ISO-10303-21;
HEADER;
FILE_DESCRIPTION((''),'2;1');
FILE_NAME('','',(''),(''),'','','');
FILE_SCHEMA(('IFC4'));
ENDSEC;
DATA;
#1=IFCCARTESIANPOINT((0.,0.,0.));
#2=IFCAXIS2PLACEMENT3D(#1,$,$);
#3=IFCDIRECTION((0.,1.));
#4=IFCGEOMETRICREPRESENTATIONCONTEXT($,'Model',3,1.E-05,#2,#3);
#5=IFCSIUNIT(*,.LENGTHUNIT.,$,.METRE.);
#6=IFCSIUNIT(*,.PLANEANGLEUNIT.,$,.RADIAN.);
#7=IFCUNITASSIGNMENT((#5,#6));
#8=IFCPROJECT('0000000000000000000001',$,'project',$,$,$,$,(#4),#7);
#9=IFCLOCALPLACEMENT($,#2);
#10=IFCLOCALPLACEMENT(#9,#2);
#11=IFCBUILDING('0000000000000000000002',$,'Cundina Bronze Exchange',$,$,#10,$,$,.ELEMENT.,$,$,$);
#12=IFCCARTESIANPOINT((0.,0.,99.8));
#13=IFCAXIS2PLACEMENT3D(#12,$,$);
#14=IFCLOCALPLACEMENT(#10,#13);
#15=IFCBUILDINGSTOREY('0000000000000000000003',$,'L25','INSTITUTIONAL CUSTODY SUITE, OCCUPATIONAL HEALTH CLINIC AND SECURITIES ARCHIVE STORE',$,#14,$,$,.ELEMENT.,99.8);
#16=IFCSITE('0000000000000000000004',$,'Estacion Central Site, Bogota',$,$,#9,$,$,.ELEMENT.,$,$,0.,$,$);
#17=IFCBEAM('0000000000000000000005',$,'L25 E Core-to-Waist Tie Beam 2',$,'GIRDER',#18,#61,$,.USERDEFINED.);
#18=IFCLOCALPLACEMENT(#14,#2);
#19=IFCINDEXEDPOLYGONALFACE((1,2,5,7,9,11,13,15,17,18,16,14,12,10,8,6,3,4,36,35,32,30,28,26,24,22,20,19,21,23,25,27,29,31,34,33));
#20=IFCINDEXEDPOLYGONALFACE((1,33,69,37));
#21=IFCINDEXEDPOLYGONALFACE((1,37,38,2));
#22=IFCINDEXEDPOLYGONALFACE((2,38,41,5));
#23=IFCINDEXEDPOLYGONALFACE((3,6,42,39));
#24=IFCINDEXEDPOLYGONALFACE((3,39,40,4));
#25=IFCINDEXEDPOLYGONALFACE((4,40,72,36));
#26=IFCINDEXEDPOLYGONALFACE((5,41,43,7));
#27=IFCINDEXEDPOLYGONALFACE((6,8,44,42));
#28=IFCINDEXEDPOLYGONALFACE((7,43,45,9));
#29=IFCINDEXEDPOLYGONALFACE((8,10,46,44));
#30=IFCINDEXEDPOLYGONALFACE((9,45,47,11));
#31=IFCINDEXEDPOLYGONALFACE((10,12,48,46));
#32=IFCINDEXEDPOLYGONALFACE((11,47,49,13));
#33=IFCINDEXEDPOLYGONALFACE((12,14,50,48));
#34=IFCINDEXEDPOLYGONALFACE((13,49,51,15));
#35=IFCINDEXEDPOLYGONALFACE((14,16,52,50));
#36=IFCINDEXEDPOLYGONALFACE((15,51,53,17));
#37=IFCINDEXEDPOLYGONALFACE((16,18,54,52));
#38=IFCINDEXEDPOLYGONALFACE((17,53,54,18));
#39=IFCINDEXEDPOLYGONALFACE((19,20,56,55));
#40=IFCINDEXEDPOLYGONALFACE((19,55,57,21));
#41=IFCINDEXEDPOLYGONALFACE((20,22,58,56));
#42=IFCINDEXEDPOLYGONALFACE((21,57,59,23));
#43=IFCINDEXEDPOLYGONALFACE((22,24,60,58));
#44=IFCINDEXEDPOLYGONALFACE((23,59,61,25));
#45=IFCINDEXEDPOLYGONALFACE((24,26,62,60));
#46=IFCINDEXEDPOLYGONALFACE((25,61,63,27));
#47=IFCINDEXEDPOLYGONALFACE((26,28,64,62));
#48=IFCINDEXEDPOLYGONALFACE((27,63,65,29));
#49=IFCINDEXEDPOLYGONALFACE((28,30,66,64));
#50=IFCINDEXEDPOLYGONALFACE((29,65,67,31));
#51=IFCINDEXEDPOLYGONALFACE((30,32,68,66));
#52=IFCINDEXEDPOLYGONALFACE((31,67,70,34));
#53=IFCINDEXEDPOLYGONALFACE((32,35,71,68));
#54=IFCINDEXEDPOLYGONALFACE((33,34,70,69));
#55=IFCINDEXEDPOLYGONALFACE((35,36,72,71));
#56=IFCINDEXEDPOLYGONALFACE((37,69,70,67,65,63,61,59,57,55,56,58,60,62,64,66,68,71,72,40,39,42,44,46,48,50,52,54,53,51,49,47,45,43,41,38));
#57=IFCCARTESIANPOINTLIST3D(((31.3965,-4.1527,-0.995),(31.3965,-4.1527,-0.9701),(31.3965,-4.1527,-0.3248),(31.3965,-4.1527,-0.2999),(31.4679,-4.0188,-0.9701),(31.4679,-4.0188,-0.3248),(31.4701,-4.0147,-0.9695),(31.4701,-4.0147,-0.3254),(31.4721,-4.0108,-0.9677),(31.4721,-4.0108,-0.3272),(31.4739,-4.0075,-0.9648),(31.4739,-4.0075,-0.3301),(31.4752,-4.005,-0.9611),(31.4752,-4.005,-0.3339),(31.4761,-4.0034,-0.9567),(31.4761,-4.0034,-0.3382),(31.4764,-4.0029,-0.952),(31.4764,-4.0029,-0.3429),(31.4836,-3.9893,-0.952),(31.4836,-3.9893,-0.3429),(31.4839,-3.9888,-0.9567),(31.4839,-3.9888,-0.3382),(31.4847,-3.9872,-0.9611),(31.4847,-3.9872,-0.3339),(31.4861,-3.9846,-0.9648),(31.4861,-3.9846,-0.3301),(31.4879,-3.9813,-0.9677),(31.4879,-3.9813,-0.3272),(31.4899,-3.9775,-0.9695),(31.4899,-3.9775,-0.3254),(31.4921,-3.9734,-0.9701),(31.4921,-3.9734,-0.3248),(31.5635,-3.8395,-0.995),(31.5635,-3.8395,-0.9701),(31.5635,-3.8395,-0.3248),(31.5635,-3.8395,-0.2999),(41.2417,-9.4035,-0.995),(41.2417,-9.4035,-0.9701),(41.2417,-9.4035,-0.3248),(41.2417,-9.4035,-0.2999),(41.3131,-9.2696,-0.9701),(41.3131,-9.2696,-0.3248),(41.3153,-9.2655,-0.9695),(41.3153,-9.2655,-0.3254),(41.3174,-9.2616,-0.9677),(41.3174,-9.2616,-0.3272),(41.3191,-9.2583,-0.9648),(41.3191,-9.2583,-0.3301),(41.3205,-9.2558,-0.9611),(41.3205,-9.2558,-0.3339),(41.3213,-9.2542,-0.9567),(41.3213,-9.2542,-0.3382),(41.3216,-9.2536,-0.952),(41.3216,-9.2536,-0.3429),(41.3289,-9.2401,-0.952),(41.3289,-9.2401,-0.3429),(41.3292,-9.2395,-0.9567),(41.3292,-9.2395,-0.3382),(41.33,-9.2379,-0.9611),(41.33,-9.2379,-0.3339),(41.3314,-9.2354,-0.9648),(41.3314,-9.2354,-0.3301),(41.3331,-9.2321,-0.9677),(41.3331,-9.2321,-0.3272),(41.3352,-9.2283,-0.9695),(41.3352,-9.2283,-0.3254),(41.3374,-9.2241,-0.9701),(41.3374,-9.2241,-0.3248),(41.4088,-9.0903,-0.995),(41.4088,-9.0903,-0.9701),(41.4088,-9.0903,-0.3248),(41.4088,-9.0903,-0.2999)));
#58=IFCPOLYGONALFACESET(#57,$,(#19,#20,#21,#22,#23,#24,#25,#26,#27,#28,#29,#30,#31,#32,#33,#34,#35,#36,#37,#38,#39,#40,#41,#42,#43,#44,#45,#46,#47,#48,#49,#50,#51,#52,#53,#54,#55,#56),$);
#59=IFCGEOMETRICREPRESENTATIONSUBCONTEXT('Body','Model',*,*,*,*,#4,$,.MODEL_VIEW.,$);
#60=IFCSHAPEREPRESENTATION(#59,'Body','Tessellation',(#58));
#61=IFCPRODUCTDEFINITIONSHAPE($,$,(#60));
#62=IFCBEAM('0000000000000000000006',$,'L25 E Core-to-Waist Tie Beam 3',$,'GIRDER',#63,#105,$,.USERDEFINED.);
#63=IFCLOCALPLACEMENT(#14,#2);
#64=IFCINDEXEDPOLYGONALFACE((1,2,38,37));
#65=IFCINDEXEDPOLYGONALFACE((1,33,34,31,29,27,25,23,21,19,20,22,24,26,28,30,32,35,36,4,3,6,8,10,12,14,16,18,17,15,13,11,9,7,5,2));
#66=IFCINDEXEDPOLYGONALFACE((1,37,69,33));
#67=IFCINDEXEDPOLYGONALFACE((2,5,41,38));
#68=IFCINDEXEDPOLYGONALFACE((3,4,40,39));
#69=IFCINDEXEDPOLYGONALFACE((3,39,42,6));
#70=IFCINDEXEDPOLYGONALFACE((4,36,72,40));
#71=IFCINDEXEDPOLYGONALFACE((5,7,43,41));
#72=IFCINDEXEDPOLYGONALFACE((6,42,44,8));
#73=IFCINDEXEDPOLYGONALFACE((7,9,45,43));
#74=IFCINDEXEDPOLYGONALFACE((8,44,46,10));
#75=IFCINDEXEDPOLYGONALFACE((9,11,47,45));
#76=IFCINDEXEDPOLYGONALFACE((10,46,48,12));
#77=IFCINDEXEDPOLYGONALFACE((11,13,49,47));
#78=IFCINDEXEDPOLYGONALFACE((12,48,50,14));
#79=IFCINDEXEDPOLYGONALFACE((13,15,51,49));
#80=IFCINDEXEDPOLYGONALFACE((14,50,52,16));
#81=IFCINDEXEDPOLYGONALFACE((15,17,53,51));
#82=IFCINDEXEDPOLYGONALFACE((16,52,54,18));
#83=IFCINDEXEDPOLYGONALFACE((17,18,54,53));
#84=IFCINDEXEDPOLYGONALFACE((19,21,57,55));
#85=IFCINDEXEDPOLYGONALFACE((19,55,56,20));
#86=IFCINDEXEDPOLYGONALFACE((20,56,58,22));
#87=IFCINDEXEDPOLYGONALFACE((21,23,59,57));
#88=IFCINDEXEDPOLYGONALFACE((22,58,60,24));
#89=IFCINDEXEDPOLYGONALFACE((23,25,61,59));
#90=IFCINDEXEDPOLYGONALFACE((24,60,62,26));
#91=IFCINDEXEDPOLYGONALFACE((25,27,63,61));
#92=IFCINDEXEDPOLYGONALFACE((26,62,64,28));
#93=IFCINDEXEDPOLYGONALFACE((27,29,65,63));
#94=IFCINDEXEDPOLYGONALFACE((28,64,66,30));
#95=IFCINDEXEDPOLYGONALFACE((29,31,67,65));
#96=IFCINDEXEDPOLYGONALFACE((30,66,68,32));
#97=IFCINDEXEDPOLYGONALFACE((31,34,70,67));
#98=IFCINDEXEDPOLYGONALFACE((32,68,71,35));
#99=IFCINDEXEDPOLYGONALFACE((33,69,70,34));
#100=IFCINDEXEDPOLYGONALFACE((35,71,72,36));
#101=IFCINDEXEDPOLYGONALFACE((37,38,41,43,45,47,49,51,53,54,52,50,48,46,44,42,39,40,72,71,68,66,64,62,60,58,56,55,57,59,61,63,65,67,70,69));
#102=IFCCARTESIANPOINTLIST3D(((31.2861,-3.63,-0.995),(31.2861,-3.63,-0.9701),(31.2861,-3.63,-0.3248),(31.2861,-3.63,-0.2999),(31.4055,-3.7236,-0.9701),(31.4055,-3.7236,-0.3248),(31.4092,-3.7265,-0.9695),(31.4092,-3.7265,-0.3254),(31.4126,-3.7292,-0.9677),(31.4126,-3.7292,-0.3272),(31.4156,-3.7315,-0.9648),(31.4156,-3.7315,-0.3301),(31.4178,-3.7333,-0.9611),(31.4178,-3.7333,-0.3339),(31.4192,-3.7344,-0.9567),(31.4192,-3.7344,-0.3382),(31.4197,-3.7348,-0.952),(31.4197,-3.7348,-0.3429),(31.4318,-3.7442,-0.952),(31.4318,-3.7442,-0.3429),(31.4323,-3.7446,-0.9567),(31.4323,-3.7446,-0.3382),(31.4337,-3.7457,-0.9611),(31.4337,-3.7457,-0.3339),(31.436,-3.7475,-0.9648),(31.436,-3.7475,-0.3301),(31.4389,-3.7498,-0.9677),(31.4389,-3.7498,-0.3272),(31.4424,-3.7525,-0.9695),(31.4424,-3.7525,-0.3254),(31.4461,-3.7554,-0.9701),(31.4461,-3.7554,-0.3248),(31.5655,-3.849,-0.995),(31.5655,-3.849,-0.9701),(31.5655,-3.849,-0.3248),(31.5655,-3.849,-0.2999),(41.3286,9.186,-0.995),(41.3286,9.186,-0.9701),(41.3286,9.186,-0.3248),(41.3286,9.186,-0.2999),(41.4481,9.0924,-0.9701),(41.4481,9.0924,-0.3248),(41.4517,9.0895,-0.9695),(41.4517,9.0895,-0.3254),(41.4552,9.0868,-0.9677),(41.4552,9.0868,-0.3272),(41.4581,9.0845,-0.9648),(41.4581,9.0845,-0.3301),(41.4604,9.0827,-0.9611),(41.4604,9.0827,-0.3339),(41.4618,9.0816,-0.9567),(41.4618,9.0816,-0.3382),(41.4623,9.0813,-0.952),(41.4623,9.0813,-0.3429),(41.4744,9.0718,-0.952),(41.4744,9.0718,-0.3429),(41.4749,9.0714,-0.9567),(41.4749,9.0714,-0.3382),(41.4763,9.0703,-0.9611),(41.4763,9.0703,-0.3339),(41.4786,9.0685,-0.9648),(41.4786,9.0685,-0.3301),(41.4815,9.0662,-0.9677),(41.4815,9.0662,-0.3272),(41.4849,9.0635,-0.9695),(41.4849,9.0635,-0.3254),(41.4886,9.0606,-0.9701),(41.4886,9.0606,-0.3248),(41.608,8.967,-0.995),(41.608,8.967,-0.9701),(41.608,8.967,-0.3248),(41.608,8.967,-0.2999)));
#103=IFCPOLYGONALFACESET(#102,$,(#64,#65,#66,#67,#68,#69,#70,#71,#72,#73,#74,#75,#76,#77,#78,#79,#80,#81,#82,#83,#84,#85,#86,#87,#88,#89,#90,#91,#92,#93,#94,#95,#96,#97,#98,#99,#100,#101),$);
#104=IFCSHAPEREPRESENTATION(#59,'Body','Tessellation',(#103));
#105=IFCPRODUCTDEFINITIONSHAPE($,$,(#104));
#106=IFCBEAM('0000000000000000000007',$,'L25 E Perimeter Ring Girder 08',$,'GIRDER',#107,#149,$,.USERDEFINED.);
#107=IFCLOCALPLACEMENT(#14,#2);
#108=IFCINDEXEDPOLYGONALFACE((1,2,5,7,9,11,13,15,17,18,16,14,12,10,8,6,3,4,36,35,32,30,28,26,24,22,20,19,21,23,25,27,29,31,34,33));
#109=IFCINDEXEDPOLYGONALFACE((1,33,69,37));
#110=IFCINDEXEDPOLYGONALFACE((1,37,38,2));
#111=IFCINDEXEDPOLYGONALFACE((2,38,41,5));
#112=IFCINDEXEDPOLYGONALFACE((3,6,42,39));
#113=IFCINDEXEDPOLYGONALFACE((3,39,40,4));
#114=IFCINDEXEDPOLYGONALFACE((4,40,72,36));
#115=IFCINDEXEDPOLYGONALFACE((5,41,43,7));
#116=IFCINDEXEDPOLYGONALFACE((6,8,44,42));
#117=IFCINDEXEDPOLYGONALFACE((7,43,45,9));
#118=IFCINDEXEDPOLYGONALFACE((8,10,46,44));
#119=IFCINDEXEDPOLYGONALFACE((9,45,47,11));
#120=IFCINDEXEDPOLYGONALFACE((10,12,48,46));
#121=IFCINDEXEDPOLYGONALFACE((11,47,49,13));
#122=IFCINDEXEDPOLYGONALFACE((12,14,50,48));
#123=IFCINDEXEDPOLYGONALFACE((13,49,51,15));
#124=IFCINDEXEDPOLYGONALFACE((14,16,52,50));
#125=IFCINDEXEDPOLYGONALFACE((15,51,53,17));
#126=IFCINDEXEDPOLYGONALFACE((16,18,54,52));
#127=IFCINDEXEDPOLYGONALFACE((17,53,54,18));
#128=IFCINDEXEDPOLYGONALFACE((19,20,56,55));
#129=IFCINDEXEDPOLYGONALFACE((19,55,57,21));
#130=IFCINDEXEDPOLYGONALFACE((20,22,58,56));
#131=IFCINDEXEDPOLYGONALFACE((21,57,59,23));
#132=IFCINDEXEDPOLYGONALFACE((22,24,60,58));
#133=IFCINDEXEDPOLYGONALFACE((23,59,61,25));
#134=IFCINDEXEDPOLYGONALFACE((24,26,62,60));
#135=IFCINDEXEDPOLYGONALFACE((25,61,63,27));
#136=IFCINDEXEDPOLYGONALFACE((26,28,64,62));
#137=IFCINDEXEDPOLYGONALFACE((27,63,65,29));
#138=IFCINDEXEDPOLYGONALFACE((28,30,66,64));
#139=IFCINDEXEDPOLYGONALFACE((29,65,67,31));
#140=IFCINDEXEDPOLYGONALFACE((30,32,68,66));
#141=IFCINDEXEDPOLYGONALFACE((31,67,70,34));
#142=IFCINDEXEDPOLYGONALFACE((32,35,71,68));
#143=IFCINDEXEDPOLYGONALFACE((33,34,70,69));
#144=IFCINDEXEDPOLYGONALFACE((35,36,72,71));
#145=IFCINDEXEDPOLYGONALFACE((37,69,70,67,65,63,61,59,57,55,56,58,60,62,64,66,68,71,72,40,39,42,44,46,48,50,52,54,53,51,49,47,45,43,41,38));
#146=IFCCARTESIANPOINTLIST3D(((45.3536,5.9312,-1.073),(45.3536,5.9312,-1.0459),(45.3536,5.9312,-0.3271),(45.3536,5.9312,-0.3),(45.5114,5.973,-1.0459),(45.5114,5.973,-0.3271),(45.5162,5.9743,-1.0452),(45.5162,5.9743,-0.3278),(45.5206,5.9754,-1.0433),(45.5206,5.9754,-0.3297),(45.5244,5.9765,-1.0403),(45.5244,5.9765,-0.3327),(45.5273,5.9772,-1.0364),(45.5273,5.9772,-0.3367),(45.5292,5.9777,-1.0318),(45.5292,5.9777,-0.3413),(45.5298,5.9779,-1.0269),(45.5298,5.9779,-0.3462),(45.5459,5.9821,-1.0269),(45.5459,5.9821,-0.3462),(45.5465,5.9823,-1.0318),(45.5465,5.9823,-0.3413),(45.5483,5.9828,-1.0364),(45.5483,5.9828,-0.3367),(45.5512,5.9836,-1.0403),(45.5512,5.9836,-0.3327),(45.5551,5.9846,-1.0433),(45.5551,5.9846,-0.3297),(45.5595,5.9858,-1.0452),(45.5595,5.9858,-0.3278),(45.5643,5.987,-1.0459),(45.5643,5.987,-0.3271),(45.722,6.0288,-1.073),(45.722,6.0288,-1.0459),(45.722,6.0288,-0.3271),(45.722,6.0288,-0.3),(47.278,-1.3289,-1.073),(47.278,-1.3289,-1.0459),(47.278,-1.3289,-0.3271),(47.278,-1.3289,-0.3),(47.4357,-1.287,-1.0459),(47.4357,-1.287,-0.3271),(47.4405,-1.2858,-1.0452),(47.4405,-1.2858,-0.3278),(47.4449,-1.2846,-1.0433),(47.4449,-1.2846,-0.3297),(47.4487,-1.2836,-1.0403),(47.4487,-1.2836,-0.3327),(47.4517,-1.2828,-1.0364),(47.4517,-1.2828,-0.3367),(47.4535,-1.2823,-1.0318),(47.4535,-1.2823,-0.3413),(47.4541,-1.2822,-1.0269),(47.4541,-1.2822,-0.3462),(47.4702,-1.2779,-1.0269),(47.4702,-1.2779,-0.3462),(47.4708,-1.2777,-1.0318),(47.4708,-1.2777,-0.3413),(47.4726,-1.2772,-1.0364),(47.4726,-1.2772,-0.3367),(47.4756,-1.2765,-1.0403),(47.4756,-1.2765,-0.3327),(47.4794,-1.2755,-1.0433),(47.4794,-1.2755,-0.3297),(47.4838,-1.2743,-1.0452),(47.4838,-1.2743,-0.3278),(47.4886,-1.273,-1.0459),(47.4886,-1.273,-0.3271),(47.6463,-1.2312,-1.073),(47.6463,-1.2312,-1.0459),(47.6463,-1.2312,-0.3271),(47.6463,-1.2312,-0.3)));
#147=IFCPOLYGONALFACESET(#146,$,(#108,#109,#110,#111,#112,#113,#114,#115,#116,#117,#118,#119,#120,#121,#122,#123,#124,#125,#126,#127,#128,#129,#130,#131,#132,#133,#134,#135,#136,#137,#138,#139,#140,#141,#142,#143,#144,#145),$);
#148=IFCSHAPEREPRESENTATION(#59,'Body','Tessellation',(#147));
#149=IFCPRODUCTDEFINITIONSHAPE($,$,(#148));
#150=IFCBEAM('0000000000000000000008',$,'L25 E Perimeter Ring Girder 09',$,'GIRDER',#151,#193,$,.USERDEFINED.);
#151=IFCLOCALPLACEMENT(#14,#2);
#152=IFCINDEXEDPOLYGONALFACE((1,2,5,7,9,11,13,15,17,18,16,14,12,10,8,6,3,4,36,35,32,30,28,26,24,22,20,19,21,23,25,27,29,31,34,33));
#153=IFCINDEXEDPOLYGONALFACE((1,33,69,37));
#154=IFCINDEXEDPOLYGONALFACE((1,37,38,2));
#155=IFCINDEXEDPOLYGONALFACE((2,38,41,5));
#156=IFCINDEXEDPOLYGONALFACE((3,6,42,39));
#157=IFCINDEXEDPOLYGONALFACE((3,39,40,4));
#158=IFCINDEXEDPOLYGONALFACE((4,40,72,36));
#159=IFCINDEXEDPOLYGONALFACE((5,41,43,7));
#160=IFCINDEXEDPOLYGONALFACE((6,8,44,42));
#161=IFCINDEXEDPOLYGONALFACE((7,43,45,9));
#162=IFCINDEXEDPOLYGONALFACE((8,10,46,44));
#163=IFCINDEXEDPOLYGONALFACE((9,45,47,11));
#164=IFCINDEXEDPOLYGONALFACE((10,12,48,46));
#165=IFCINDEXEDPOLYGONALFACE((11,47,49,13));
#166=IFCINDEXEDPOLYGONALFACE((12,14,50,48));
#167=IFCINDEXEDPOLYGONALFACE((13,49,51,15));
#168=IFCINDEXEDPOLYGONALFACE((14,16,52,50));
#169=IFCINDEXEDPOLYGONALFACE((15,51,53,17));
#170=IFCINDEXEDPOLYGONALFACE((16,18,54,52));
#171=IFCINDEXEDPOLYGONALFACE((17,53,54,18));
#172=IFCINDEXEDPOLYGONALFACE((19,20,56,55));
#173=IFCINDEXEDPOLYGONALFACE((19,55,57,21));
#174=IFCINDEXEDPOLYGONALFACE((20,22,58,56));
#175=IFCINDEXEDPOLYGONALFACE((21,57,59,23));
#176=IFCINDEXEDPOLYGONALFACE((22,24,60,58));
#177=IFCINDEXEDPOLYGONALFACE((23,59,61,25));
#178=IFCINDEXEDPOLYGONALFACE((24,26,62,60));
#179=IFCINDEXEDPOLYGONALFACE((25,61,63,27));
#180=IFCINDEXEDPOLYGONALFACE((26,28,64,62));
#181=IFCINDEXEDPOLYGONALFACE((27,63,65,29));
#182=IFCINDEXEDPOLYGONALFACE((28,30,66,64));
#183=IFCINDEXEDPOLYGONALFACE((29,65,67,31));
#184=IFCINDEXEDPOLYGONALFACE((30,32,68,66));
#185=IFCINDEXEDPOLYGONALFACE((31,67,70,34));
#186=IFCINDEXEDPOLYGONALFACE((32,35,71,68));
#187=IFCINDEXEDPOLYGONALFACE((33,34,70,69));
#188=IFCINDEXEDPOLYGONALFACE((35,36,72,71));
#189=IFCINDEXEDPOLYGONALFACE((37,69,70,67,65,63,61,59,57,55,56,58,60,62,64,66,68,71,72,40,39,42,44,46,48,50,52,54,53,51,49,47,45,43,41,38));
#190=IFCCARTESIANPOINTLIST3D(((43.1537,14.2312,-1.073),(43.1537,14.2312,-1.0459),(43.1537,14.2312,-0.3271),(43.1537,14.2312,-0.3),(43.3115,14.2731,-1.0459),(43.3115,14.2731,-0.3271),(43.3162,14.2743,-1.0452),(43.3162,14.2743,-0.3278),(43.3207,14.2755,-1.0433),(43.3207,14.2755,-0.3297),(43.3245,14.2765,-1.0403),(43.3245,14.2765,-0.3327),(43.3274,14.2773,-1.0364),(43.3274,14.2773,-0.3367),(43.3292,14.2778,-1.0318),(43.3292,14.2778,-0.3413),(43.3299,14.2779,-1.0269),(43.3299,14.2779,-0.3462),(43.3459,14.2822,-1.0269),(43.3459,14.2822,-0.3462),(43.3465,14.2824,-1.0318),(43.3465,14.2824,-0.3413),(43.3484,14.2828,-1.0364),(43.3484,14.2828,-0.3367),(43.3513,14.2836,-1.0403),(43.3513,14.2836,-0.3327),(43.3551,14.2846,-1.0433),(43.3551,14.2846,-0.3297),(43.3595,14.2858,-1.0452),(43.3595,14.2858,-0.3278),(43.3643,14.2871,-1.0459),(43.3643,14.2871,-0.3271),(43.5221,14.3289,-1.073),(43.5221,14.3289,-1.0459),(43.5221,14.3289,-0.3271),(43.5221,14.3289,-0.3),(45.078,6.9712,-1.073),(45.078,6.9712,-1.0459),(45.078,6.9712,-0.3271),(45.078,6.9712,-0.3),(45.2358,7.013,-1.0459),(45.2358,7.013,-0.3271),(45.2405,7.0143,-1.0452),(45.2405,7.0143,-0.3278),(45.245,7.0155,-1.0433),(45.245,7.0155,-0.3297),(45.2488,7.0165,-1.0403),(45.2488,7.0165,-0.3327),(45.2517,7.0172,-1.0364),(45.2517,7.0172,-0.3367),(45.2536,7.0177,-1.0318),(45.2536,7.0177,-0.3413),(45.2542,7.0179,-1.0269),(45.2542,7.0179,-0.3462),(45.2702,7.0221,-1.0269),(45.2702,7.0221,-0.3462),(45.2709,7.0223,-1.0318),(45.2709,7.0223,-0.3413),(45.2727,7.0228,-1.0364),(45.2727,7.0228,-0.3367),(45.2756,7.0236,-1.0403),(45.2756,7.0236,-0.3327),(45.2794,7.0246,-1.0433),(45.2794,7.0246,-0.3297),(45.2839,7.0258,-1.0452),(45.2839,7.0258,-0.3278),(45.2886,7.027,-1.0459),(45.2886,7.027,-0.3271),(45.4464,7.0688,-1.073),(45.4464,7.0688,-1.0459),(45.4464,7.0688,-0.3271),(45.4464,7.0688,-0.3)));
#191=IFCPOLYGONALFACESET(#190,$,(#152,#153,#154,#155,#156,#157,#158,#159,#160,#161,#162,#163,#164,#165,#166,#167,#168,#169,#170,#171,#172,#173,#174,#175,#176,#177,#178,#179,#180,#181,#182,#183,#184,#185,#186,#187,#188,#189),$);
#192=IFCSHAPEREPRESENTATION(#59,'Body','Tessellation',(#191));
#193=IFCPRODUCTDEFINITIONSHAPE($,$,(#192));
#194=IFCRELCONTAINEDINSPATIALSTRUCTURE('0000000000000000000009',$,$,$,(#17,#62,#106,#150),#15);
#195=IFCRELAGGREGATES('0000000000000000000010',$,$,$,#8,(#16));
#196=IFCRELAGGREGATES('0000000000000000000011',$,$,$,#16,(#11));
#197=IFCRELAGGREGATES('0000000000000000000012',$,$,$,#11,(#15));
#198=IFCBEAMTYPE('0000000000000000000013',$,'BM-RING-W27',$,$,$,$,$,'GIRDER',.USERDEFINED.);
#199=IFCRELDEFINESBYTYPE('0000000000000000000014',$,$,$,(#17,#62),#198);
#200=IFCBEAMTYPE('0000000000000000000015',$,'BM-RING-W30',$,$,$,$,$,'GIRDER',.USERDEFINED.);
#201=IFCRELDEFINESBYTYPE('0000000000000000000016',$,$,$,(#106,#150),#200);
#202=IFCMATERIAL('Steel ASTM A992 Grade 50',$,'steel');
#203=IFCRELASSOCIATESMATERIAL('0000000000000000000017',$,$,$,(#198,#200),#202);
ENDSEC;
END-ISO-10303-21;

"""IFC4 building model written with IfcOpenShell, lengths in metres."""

from ifc_helpers import new_model, si_unit, direction, frame, origin, origin_2d, place, context, subcontext, project, spatial, i_section, extrude, material, material_profile, profile_set, type_object, element, save


model = new_model("IFC4")

# Units and contexts
model_context = context("Model", 3, precision=1e-05, world=origin(), true_north=direction((0.0, 1.0)))
body_context = subcontext(model_context, "Body", "Model", "MODEL_VIEW")
ifc_project = project(units=[si_unit("LENGTHUNIT", "METRE"), si_unit("PLANEANGLEUNIT", "RADIAN")], contexts=[model_context])

# Site, building, storey
site_placement = place(None, origin())
site = spatial("IfcSite", under=ifc_project, at=site_placement, Name="Estacion Central Site, Bogota", CompositionType="ELEMENT", RefElevation=0.0)
building_placement = place(site_placement, origin())
building = spatial("IfcBuilding", under=site, at=building_placement, Name="Cundina Bronze Exchange", CompositionType="ELEMENT")
storey_placement = place(building_placement, frame((0.0, 0.0, 99.8)))
storey = spatial("IfcBuildingStorey", under=building, at=storey_placement, Name="L25", Description="INSTITUTIONAL CUSTODY SUITE, OCCUPATIONAL HEALTH CLINIC AND SECURITIES ARCHIVE STORE", CompositionType="ELEMENT", Elevation=99.8)

# Shared definitions
ifc_material_1 = material(Name="Steel ASTM A992 Grade 50", Category="steel")

# Beams
ifc_material_profile_1 = material_profile(ifc_material_1, i_section(OverallWidth=0.355, OverallDepth=0.6951, WebThickness=0.0154, FlangeThickness=0.0249, FilletRadius=0.0181, at=origin_2d()), Name="W27X146", Category="steel")
ifc_profile_set_1 = profile_set([ifc_material_profile_1], Name="Steel ASTM A992 Grade 50")
beam_type_1 = type_object("IfcBeamType", Name="BM-RING-W27", ElementType="GIRDER", PredefinedType="USERDEFINED", material=ifc_profile_set_1)
beam_1_placement = place(storey_placement, frame((31.48, -3.9961, -0.6475), z_axis=(0.882355, -0.470585, 0.0), x_axis=(0.470585, 0.882355, 0.0)))
element("IfcBeam", 1, at=beam_1_placement, inside=storey, type_object=beam_type_1, Name="L25 E Core-to-Waist Tie Beam 2", ObjectType="GIRDER", PredefinedType="USERDEFINED", context=body_context, shape_type="SweptSolid", body=[
    extrude(i_section(OverallWidth=0.355, OverallDepth=0.6951, WebThickness=0.0154, FlangeThickness=0.0249, FilletRadius=0.0181, at=origin_2d()), origin(), (0.0, 0.0, 1.0), 11.158),
])
beam_2_placement = place(storey_placement, frame((31.4258, -3.7395, -0.6475), z_axis=(0.616789, 0.787128, 0.0), x_axis=(-0.787128, 0.616789, 0.0)))
element("IfcBeam", 2, at=beam_2_placement, inside=storey, type_object=beam_type_1, Name="L25 E Core-to-Waist Tie Beam 3", ObjectType="GIRDER", PredefinedType="USERDEFINED", context=body_context, shape_type="SweptSolid", body=[
    extrude(i_section(OverallWidth=0.355, OverallDepth=0.6951, WebThickness=0.0154, FlangeThickness=0.0249, FilletRadius=0.0181, at=origin_2d()), origin(), (0.0, 0.0, 1.0), 16.282),
])
ifc_material_profile_2 = material_profile(ifc_material_1, i_section(OverallWidth=0.3811, OverallDepth=0.7729, WebThickness=0.0166, FlangeThickness=0.0271, FilletRadius=0.019, at=origin_2d()), Name="W30X173", Category="steel")
ifc_profile_set_2 = profile_set([ifc_material_profile_2], Name="Steel ASTM A992 Grade 50")
beam_type_2 = type_object("IfcBeamType", Name="BM-RING-W30", ElementType="GIRDER", PredefinedType="USERDEFINED", material=ifc_profile_set_2)
for number, where, z_axis, x_axis, name in (
    (3, (47.4622, -1.28, -0.6865), (-0.25621, 0.966621, 0.0), (-0.966621, -0.25621, 0.0), "L25 E Perimeter Ring Girder 08"),
    (4, (45.2622, 7.02, -0.6865), (-0.25621, 0.966621, 0.0), (-0.966621, -0.25621, 0.0), "L25 E Perimeter Ring Girder 09"),
):
    element("IfcBeam", number, at=place(storey_placement, frame(where, z_axis=z_axis, x_axis=x_axis)), inside=storey, type_object=beam_type_2, Name=name, ObjectType="GIRDER", PredefinedType="USERDEFINED", context=body_context, shape_type="SweptSolid", body=[
        extrude(i_section(OverallWidth=0.3811, OverallDepth=0.7729, WebThickness=0.0166, FlangeThickness=0.0271, FilletRadius=0.019, at=origin_2d()), origin(), (0.0, 0.0, 1.0), 7.5107),
    ])

save(model, "model.ifc")
